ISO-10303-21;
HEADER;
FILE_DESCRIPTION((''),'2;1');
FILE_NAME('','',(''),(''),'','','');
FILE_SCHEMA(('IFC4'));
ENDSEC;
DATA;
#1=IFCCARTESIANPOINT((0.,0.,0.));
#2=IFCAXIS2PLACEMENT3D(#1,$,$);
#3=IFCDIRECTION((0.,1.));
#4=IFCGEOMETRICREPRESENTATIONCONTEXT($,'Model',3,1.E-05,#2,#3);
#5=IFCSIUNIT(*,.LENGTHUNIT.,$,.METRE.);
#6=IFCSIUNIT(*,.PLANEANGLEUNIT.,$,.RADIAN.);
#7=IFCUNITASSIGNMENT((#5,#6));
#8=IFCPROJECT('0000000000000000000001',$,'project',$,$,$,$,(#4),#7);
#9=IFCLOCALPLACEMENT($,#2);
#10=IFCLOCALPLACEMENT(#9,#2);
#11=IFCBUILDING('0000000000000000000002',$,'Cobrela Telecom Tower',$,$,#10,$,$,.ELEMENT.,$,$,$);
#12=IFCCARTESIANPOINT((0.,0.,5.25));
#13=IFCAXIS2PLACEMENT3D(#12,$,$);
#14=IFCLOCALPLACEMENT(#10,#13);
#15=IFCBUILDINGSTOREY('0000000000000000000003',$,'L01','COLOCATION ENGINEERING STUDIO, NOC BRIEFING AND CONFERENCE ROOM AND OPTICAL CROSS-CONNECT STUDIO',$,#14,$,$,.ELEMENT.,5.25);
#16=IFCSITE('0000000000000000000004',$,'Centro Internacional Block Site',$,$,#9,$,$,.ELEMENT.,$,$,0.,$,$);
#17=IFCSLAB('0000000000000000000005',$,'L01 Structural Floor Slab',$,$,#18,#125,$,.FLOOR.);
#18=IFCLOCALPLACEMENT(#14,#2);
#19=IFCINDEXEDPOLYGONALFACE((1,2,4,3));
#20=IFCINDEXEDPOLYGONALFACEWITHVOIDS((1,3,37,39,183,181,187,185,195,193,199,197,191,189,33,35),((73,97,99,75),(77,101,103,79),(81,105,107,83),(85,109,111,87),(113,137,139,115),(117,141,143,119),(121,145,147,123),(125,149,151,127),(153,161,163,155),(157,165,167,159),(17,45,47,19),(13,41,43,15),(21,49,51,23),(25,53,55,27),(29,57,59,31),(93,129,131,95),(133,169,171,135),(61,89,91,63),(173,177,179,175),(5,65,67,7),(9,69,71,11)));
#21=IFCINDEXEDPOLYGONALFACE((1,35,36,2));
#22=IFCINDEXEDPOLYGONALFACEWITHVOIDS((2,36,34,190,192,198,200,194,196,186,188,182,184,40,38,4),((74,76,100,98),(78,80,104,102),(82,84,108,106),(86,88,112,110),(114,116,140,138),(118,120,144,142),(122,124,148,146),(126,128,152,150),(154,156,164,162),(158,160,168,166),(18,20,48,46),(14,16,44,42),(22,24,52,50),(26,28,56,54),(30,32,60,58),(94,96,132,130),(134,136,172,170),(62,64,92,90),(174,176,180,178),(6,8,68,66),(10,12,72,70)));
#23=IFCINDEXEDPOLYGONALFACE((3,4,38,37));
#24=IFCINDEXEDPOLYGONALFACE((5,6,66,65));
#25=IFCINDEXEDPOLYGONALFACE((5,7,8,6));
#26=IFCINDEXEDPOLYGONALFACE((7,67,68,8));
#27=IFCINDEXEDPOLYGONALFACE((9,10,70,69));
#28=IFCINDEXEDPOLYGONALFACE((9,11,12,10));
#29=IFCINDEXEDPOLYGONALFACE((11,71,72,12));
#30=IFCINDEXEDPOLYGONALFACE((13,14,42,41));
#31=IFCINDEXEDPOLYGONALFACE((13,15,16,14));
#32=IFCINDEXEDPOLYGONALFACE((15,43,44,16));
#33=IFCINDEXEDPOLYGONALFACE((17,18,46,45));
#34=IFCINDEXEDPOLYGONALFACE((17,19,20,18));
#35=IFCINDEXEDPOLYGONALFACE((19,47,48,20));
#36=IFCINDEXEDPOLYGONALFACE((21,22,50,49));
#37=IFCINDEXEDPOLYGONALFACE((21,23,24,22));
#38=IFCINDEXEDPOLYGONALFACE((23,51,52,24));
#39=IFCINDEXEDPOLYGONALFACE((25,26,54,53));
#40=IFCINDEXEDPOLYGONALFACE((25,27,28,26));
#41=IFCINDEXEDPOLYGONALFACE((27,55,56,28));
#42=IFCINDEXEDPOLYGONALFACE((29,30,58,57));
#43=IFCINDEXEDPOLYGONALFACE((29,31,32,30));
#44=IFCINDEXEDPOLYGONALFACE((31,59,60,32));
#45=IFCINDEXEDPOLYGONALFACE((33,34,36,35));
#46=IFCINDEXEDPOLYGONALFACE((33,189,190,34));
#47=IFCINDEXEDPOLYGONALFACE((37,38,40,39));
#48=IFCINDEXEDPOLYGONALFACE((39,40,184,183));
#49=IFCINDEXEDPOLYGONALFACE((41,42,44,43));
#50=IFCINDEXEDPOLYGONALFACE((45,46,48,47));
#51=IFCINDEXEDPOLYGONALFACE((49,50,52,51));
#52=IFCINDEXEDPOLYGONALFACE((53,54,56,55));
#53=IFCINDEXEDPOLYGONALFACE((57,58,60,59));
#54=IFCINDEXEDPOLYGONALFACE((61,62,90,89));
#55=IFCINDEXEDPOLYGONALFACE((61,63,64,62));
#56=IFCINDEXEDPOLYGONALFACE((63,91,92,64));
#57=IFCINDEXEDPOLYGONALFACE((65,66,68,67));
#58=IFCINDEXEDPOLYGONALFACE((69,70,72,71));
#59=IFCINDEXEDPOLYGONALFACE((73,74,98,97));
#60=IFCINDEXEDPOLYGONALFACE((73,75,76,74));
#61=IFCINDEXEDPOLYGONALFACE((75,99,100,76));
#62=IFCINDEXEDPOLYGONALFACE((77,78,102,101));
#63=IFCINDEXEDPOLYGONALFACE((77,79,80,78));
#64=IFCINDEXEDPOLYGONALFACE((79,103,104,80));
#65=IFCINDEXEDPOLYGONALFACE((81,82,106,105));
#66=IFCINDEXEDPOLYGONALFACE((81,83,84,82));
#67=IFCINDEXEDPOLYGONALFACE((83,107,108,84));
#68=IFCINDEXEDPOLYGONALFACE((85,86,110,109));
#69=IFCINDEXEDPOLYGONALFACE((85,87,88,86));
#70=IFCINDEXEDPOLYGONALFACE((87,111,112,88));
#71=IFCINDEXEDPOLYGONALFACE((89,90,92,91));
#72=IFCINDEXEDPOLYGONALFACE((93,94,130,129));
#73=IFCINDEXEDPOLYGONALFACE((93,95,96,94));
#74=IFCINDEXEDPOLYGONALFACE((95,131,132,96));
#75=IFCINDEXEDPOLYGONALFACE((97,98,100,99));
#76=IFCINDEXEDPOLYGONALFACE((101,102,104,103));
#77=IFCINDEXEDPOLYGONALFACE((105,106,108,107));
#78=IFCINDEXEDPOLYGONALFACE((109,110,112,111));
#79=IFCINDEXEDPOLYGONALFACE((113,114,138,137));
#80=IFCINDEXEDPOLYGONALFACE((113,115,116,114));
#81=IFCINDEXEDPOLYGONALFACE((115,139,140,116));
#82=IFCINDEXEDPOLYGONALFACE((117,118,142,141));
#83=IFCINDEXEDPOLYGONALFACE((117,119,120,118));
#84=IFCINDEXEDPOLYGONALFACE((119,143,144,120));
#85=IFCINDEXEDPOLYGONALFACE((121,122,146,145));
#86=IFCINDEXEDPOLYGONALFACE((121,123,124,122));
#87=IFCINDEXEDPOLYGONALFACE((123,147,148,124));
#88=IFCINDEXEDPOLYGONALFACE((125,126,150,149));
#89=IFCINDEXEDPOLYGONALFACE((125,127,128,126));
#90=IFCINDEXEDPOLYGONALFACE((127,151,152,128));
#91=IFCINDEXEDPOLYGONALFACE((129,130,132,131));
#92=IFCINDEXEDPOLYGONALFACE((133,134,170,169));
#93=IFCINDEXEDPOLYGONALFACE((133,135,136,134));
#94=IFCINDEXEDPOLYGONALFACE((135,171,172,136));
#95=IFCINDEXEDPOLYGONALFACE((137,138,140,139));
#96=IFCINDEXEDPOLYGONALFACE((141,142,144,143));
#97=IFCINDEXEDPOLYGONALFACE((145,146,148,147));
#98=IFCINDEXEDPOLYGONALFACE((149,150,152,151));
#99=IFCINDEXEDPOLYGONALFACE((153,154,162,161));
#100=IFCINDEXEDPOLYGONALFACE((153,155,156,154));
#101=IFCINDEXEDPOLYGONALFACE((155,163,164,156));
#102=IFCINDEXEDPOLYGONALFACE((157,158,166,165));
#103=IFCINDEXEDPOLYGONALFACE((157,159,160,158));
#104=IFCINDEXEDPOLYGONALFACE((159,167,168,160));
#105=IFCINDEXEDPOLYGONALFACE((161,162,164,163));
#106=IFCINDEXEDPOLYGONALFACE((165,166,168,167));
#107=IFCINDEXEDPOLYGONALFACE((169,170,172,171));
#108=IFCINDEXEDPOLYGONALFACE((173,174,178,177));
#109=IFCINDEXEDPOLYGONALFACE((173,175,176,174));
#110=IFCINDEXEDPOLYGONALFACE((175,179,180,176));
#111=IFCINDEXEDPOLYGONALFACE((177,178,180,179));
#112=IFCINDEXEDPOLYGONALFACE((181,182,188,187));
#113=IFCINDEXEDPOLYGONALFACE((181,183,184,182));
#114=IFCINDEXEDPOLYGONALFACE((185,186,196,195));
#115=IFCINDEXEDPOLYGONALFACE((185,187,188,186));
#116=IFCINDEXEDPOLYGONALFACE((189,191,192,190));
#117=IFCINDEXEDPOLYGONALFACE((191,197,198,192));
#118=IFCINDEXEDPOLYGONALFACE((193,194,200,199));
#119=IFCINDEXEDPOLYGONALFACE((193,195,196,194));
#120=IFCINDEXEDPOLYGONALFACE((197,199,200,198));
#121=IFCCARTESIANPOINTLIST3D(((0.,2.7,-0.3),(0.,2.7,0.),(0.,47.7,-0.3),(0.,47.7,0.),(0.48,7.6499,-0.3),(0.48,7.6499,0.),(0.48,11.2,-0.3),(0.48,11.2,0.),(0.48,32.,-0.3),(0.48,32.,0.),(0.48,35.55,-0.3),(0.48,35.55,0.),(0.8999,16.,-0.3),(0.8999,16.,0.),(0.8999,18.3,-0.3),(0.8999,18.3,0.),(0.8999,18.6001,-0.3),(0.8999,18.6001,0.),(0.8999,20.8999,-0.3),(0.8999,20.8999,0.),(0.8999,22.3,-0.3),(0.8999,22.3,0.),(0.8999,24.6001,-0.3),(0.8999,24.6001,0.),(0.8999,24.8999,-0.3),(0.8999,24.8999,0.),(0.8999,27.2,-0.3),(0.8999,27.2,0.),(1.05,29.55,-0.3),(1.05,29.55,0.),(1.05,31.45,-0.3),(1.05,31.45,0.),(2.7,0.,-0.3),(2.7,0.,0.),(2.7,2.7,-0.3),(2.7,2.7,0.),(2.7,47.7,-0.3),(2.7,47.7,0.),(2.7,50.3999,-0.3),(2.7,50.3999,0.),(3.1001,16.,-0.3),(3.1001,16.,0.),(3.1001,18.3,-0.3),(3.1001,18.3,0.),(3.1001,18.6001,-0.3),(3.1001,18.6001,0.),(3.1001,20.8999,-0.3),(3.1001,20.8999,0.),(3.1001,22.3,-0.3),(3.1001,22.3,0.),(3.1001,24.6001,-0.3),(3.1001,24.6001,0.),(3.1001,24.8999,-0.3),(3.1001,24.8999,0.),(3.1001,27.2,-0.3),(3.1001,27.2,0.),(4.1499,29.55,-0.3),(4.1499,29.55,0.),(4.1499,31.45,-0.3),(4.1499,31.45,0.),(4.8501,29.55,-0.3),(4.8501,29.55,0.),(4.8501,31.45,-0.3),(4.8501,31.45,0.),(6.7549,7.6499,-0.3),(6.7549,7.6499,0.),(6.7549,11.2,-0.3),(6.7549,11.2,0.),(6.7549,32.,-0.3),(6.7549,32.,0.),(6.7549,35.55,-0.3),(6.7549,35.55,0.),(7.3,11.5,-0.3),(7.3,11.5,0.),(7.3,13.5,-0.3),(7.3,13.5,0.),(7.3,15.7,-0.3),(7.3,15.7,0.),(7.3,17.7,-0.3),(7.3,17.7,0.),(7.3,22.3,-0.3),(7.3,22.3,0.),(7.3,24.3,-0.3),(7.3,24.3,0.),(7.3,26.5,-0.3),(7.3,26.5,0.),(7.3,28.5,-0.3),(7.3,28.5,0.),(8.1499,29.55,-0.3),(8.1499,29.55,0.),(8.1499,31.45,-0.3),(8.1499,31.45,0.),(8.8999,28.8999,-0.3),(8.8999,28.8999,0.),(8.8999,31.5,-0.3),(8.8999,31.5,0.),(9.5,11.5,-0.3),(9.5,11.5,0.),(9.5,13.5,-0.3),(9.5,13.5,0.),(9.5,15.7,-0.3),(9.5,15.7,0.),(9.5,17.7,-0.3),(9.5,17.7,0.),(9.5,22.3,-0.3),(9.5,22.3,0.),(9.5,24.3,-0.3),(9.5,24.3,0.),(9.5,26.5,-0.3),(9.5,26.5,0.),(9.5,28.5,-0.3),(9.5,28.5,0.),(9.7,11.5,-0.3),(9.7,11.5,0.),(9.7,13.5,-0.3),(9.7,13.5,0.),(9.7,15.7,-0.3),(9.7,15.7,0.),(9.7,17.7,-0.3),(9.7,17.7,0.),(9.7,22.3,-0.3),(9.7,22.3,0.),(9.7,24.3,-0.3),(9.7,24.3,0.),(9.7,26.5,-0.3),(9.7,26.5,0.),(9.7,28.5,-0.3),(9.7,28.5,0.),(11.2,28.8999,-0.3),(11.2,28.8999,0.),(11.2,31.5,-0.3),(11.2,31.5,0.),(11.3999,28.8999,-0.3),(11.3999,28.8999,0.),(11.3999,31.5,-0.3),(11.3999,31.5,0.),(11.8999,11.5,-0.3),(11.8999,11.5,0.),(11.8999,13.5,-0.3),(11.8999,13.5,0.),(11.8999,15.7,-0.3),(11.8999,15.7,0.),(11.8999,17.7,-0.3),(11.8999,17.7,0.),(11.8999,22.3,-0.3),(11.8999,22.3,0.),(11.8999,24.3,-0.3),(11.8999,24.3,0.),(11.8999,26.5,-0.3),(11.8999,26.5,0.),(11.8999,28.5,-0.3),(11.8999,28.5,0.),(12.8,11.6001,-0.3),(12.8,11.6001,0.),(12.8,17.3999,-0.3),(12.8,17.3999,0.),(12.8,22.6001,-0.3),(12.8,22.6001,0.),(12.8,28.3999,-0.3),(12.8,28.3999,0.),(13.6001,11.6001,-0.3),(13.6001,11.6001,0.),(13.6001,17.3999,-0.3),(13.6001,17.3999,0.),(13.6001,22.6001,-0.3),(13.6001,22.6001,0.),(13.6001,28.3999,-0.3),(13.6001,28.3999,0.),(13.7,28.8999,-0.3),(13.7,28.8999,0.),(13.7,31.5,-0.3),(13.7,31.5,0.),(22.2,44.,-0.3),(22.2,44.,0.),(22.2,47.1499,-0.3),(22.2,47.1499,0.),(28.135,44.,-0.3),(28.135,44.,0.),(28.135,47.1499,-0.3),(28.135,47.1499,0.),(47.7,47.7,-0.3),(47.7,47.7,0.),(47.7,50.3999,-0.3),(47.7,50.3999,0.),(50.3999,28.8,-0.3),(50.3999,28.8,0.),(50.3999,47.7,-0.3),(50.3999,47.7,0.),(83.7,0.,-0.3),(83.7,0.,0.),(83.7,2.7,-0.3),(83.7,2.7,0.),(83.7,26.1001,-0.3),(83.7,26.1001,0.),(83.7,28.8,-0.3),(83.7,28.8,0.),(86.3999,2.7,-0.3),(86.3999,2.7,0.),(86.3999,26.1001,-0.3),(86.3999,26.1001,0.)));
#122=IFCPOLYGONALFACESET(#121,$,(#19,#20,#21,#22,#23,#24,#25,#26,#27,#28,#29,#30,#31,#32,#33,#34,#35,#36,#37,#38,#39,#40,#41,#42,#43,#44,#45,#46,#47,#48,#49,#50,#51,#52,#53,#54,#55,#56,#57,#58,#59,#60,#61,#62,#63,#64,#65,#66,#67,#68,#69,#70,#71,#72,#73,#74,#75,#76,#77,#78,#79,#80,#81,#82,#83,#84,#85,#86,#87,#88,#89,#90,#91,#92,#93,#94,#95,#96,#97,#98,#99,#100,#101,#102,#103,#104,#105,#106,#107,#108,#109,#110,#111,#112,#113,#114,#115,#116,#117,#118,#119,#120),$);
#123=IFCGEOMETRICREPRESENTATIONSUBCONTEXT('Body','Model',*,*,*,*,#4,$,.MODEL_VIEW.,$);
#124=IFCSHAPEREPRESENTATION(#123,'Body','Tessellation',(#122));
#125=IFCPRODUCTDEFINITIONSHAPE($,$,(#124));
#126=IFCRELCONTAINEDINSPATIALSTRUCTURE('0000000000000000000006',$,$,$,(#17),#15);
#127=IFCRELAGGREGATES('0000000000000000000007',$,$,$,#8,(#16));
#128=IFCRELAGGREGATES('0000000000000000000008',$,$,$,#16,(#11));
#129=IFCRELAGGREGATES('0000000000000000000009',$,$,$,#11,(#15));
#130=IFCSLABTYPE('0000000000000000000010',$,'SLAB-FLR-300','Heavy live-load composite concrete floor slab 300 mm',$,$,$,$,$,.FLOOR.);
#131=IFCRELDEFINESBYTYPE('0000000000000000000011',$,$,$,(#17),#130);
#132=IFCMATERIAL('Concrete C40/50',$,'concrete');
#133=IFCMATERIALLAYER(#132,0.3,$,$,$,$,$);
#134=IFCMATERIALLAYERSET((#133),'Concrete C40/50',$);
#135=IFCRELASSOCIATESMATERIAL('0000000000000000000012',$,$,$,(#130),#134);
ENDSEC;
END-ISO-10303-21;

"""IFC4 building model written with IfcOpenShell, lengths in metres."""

from ifc_helpers import new_model, si_unit, direction, frame, origin, place, context, subcontext, project, spatial, polyline, outline, extrude, material, layer, layer_set, type_object, element, save


model = new_model("IFC4")

# Units and contexts
model_context = context("Model", 3, precision=1e-05, world=origin(), true_north=direction((0.0, 1.0)))
body_context = subcontext(model_context, "Body", "Model", "MODEL_VIEW")
ifc_project = project(units=[si_unit("LENGTHUNIT", "METRE"), si_unit("PLANEANGLEUNIT", "RADIAN")], contexts=[model_context])

# Site, building, storey
site_placement = place(None, origin())
site = spatial("IfcSite", under=ifc_project, at=site_placement, Name="Centro Internacional Block Site", CompositionType="ELEMENT", RefElevation=0.0)
building_placement = place(site_placement, origin())
building = spatial("IfcBuilding", under=site, at=building_placement, Name="Cobrela Telecom Tower", CompositionType="ELEMENT")
storey_placement = place(building_placement, frame((0.0, 0.0, 5.25)))
storey = spatial("IfcBuildingStorey", under=building, at=storey_placement, Name="L01", Description="COLOCATION ENGINEERING STUDIO, NOC BRIEFING AND CONFERENCE ROOM AND OPTICAL CROSS-CONNECT STUDIO", CompositionType="ELEMENT", Elevation=5.25)

# Slab, openings
ifc_material_1 = material(Name="Concrete C40/50", Category="concrete")
ifc_layer_1 = layer(ifc_material_1, 0.3)
ifc_layer_set_1 = layer_set([ifc_layer_1], Name="Concrete C40/50")
slab_type_1 = type_object("IfcSlabType", Name="SLAB-FLR-300", Description="Heavy live-load composite concrete floor slab 300 mm", PredefinedType="FLOOR", material=ifc_layer_set_1)
slab_1_placement = place(storey_placement, frame((0.0, 0.0, -0.3)))
slab_1 = element("IfcSlab", 1, at=slab_1_placement, inside=storey, type_object=slab_type_1, Name="L01 Structural Floor Slab", PredefinedType="FLOOR", context=body_context, shape_type="SweptSolid", body=[
    extrude(outline(polyline([(2.7, 0.0), (83.7, 0.0), (83.7, 2.7), (86.3999, 2.7), (86.3999, 26.1001), (83.7, 26.1001), (83.7, 28.8), (50.3999, 28.8), (50.3999, 47.7), (47.7, 47.7), (47.7, 50.3999), (2.7, 50.3999), (2.7, 47.7), (0.0, 47.7), (0.0, 2.7), (2.7, 2.7), (2.7, 0.0)])), origin(), (0.0, 0.0, 1.0), 0.3),
])
opening_1_placement = place(slab_1_placement, frame((0.0, 0.0, -0.02)))
element("IfcOpeningElement", 2, at=opening_1_placement, cuts=slab_1, PredefinedType="OPENING", context=body_context, shape_type="SweptSolid", body=[
    extrude(outline(polyline([(8.8999, 28.8999), (11.2, 28.8999), (11.2, 31.5), (8.8999, 31.5), (8.8999, 28.8999)])), origin(), (0.0, 0.0, 1.0), 0.3401),
])
opening_2_placement = place(slab_1_placement, frame((0.0, 0.0, -0.02)))
element("IfcOpeningElement", 3, at=opening_2_placement, cuts=slab_1, PredefinedType="OPENING", context=body_context, shape_type="SweptSolid", body=[
    extrude(outline(polyline([(11.3999, 28.8999), (13.7, 28.8999), (13.7, 31.5), (11.3999, 31.5), (11.3999, 28.8999)])), origin(), (0.0, 0.0, 1.0), 0.3401),
])
opening_3_placement = place(slab_1_placement, frame((0.0, 0.0, -0.02)))
element("IfcOpeningElement", 4, at=opening_3_placement, cuts=slab_1, PredefinedType="OPENING", context=body_context, shape_type="SweptSolid", body=[
    extrude(outline(polyline([(7.3, 22.3), (9.5, 22.3), (9.5, 24.3), (7.3, 24.3), (7.3, 22.3)])), origin(), (0.0, 0.0, 1.0), 0.3401),
])
opening_4_placement = place(slab_1_placement, frame((0.0, 0.0, -0.02)))
element("IfcOpeningElement", 5, at=opening_4_placement, cuts=slab_1, PredefinedType="OPENING", context=body_context, shape_type="SweptSolid", body=[
    extrude(outline(polyline([(9.7, 22.3), (11.8999, 22.3), (11.8999, 24.3), (9.7, 24.3), (9.7, 22.3)])), origin(), (0.0, 0.0, 1.0), 0.3401),
])
opening_5_placement = place(slab_1_placement, frame((0.0, 0.0, -0.02)))
element("IfcOpeningElement", 6, at=opening_5_placement, cuts=slab_1, PredefinedType="OPENING", context=body_context, shape_type="SweptSolid", body=[
    extrude(outline(polyline([(7.3, 26.5), (9.5, 26.5), (9.5, 28.5), (7.3, 28.5), (7.3, 26.5)])), origin(), (0.0, 0.0, 1.0), 0.3401),
])
opening_6_placement = place(slab_1_placement, frame((0.0, 0.0, -0.02)))
element("IfcOpeningElement", 7, at=opening_6_placement, cuts=slab_1, PredefinedType="OPENING", context=body_context, shape_type="SweptSolid", body=[
    extrude(outline(polyline([(9.7, 26.5), (11.8999, 26.5), (11.8999, 28.5), (9.7, 28.5), (9.7, 26.5)])), origin(), (0.0, 0.0, 1.0), 0.3401),
])
opening_7_placement = place(slab_1_placement, frame((0.0, 0.0, -0.02)))
element("IfcOpeningElement", 8, at=opening_7_placement, cuts=slab_1, PredefinedType="OPENING", context=body_context, shape_type="SweptSolid", body=[
    extrude(outline(polyline([(7.3, 15.7), (9.5, 15.7), (9.5, 17.7), (7.3, 17.7), (7.3, 15.7)])), origin(), (0.0, 0.0, 1.0), 0.3401),
])
opening_8_placement = place(slab_1_placement, frame((0.0, 0.0, -0.02)))
element("IfcOpeningElement", 9, at=opening_8_placement, cuts=slab_1, PredefinedType="OPENING", context=body_context, shape_type="SweptSolid", body=[
    extrude(outline(polyline([(9.7, 15.7), (11.8999, 15.7), (11.8999, 17.7), (9.7, 17.7), (9.7, 15.7)])), origin(), (0.0, 0.0, 1.0), 0.3401),
])
opening_9_placement = place(slab_1_placement, frame((0.0, 0.0, -0.02)))
element("IfcOpeningElement", 10, at=opening_9_placement, cuts=slab_1, PredefinedType="OPENING", context=body_context, shape_type="SweptSolid", body=[
    extrude(outline(polyline([(7.3, 11.5), (9.5, 11.5), (9.5, 13.5), (7.3, 13.5), (7.3, 11.5)])), origin(), (0.0, 0.0, 1.0), 0.3401),
])
opening_10_placement = place(slab_1_placement, frame((0.0, 0.0, -0.02)))
element("IfcOpeningElement", 11, at=opening_10_placement, cuts=slab_1, PredefinedType="OPENING", context=body_context, shape_type="SweptSolid", body=[
    extrude(outline(polyline([(9.7, 11.5), (11.8999, 11.5), (11.8999, 13.5), (9.7, 13.5), (9.7, 11.5)])), origin(), (0.0, 0.0, 1.0), 0.3401),
])
opening_11_placement = place(slab_1_placement, frame((0.0, 0.0, -0.02)))
element("IfcOpeningElement", 12, at=opening_11_placement, cuts=slab_1, PredefinedType="OPENING", context=body_context, shape_type="SweptSolid", body=[
    extrude(outline(polyline([(0.8999, 16.0), (3.1001, 16.0), (3.1001, 18.3), (0.8999, 18.3), (0.8999, 16.0)])), origin(), (0.0, 0.0, 1.0), 0.3401),
])
opening_12_placement = place(slab_1_placement, frame((0.0, 0.0, -0.02)))
element("IfcOpeningElement", 13, at=opening_12_placement, cuts=slab_1, PredefinedType="OPENING", context=body_context, shape_type="SweptSolid", body=[
    extrude(outline(polyline([(0.8999, 18.6001), (3.1001, 18.6001), (3.1001, 20.8999), (0.8999, 20.8999), (0.8999, 18.6001)])), origin(), (0.0, 0.0, 1.0), 0.3401),
])
opening_13_placement = place(slab_1_placement, frame((0.0, 0.0, -0.02)))
element("IfcOpeningElement", 14, at=opening_13_placement, cuts=slab_1, PredefinedType="OPENING", context=body_context, shape_type="SweptSolid", body=[
    extrude(outline(polyline([(0.8999, 22.3), (3.1001, 22.3), (3.1001, 24.6001), (0.8999, 24.6001), (0.8999, 22.3)])), origin(), (0.0, 0.0, 1.0), 0.3401),
])
opening_14_placement = place(slab_1_placement, frame((0.0, 0.0, -0.02)))
element("IfcOpeningElement", 15, at=opening_14_placement, cuts=slab_1, PredefinedType="OPENING", context=body_context, shape_type="SweptSolid", body=[
    extrude(outline(polyline([(0.8999, 24.8999), (3.1001, 24.8999), (3.1001, 27.2), (0.8999, 27.2), (0.8999, 24.8999)])), origin(), (0.0, 0.0, 1.0), 0.3401),
])
opening_15_placement = place(slab_1_placement, frame((0.0, 0.0, -0.02)))
element("IfcOpeningElement", 16, at=opening_15_placement, cuts=slab_1, PredefinedType="OPENING", context=body_context, shape_type="SweptSolid", body=[
    extrude(outline(polyline([(1.05, 29.55), (4.1499, 29.55), (4.1499, 31.45), (1.05, 31.45), (1.05, 29.55)])), origin(), (0.0, 0.0, 1.0), 0.3401),
])
opening_16_placement = place(slab_1_placement, frame((0.0, 0.0, -0.02)))
element("IfcOpeningElement", 17, at=opening_16_placement, cuts=slab_1, PredefinedType="OPENING", context=body_context, shape_type="SweptSolid", body=[
    extrude(outline(polyline([(4.8501, 29.55), (8.1499, 29.55), (8.1499, 31.45), (4.8501, 31.45), (4.8501, 29.55)])), origin(), (0.0, 0.0, 1.0), 0.3401),
])
opening_17_placement = place(slab_1_placement, frame((0.0, 0.0, -0.02)))
element("IfcOpeningElement", 18, at=opening_17_placement, cuts=slab_1, PredefinedType="OPENING", context=body_context, shape_type="SweptSolid", body=[
    extrude(outline(polyline([(12.8, 22.6001), (13.6001, 22.6001), (13.6001, 28.3999), (12.8, 28.3999), (12.8, 22.6001)])), origin(), (0.0, 0.0, 1.0), 0.3401),
])
opening_18_placement = place(slab_1_placement, frame((0.0, 0.0, -0.02)))
element("IfcOpeningElement", 19, at=opening_18_placement, cuts=slab_1, PredefinedType="OPENING", context=body_context, shape_type="SweptSolid", body=[
    extrude(outline(polyline([(12.8, 11.6001), (13.6001, 11.6001), (13.6001, 17.3999), (12.8, 17.3999), (12.8, 11.6001)])), origin(), (0.0, 0.0, 1.0), 0.3401),
])
opening_19_placement = place(slab_1_placement, frame((0.0, 0.0, -0.02)))
element("IfcOpeningElement", 20, at=opening_19_placement, cuts=slab_1, PredefinedType="OPENING", context=body_context, shape_type="SweptSolid", body=[
    extrude(outline(polyline([(6.7549, 35.55), (0.48, 35.55), (0.48, 32.0), (6.7549, 32.0), (6.7549, 35.55)])), origin(), (0.0, 0.0, 1.0), 0.3401),
])
opening_20_placement = place(slab_1_placement, frame((0.0, 0.0, -0.02)))
element("IfcOpeningElement", 21, at=opening_20_placement, cuts=slab_1, PredefinedType="OPENING", context=body_context, shape_type="SweptSolid", body=[
    extrude(outline(polyline([(6.7549, 11.2), (0.48, 11.2), (0.48, 7.6499), (6.7549, 7.6499), (6.7549, 11.2)])), origin(), (0.0, 0.0, 1.0), 0.3401),
])
opening_21_placement = place(slab_1_placement, frame((0.0, 0.0, -0.02)))
element("IfcOpeningElement", 22, at=opening_21_placement, cuts=slab_1, PredefinedType="OPENING", context=body_context, shape_type="SweptSolid", body=[
    extrude(outline(polyline([(28.135, 47.1499), (22.2, 47.1499), (22.2, 44.0), (28.135, 44.0), (28.135, 47.1499)])), origin(), (0.0, 0.0, 1.0), 0.3401),
])

save(model, "model.ifc")
